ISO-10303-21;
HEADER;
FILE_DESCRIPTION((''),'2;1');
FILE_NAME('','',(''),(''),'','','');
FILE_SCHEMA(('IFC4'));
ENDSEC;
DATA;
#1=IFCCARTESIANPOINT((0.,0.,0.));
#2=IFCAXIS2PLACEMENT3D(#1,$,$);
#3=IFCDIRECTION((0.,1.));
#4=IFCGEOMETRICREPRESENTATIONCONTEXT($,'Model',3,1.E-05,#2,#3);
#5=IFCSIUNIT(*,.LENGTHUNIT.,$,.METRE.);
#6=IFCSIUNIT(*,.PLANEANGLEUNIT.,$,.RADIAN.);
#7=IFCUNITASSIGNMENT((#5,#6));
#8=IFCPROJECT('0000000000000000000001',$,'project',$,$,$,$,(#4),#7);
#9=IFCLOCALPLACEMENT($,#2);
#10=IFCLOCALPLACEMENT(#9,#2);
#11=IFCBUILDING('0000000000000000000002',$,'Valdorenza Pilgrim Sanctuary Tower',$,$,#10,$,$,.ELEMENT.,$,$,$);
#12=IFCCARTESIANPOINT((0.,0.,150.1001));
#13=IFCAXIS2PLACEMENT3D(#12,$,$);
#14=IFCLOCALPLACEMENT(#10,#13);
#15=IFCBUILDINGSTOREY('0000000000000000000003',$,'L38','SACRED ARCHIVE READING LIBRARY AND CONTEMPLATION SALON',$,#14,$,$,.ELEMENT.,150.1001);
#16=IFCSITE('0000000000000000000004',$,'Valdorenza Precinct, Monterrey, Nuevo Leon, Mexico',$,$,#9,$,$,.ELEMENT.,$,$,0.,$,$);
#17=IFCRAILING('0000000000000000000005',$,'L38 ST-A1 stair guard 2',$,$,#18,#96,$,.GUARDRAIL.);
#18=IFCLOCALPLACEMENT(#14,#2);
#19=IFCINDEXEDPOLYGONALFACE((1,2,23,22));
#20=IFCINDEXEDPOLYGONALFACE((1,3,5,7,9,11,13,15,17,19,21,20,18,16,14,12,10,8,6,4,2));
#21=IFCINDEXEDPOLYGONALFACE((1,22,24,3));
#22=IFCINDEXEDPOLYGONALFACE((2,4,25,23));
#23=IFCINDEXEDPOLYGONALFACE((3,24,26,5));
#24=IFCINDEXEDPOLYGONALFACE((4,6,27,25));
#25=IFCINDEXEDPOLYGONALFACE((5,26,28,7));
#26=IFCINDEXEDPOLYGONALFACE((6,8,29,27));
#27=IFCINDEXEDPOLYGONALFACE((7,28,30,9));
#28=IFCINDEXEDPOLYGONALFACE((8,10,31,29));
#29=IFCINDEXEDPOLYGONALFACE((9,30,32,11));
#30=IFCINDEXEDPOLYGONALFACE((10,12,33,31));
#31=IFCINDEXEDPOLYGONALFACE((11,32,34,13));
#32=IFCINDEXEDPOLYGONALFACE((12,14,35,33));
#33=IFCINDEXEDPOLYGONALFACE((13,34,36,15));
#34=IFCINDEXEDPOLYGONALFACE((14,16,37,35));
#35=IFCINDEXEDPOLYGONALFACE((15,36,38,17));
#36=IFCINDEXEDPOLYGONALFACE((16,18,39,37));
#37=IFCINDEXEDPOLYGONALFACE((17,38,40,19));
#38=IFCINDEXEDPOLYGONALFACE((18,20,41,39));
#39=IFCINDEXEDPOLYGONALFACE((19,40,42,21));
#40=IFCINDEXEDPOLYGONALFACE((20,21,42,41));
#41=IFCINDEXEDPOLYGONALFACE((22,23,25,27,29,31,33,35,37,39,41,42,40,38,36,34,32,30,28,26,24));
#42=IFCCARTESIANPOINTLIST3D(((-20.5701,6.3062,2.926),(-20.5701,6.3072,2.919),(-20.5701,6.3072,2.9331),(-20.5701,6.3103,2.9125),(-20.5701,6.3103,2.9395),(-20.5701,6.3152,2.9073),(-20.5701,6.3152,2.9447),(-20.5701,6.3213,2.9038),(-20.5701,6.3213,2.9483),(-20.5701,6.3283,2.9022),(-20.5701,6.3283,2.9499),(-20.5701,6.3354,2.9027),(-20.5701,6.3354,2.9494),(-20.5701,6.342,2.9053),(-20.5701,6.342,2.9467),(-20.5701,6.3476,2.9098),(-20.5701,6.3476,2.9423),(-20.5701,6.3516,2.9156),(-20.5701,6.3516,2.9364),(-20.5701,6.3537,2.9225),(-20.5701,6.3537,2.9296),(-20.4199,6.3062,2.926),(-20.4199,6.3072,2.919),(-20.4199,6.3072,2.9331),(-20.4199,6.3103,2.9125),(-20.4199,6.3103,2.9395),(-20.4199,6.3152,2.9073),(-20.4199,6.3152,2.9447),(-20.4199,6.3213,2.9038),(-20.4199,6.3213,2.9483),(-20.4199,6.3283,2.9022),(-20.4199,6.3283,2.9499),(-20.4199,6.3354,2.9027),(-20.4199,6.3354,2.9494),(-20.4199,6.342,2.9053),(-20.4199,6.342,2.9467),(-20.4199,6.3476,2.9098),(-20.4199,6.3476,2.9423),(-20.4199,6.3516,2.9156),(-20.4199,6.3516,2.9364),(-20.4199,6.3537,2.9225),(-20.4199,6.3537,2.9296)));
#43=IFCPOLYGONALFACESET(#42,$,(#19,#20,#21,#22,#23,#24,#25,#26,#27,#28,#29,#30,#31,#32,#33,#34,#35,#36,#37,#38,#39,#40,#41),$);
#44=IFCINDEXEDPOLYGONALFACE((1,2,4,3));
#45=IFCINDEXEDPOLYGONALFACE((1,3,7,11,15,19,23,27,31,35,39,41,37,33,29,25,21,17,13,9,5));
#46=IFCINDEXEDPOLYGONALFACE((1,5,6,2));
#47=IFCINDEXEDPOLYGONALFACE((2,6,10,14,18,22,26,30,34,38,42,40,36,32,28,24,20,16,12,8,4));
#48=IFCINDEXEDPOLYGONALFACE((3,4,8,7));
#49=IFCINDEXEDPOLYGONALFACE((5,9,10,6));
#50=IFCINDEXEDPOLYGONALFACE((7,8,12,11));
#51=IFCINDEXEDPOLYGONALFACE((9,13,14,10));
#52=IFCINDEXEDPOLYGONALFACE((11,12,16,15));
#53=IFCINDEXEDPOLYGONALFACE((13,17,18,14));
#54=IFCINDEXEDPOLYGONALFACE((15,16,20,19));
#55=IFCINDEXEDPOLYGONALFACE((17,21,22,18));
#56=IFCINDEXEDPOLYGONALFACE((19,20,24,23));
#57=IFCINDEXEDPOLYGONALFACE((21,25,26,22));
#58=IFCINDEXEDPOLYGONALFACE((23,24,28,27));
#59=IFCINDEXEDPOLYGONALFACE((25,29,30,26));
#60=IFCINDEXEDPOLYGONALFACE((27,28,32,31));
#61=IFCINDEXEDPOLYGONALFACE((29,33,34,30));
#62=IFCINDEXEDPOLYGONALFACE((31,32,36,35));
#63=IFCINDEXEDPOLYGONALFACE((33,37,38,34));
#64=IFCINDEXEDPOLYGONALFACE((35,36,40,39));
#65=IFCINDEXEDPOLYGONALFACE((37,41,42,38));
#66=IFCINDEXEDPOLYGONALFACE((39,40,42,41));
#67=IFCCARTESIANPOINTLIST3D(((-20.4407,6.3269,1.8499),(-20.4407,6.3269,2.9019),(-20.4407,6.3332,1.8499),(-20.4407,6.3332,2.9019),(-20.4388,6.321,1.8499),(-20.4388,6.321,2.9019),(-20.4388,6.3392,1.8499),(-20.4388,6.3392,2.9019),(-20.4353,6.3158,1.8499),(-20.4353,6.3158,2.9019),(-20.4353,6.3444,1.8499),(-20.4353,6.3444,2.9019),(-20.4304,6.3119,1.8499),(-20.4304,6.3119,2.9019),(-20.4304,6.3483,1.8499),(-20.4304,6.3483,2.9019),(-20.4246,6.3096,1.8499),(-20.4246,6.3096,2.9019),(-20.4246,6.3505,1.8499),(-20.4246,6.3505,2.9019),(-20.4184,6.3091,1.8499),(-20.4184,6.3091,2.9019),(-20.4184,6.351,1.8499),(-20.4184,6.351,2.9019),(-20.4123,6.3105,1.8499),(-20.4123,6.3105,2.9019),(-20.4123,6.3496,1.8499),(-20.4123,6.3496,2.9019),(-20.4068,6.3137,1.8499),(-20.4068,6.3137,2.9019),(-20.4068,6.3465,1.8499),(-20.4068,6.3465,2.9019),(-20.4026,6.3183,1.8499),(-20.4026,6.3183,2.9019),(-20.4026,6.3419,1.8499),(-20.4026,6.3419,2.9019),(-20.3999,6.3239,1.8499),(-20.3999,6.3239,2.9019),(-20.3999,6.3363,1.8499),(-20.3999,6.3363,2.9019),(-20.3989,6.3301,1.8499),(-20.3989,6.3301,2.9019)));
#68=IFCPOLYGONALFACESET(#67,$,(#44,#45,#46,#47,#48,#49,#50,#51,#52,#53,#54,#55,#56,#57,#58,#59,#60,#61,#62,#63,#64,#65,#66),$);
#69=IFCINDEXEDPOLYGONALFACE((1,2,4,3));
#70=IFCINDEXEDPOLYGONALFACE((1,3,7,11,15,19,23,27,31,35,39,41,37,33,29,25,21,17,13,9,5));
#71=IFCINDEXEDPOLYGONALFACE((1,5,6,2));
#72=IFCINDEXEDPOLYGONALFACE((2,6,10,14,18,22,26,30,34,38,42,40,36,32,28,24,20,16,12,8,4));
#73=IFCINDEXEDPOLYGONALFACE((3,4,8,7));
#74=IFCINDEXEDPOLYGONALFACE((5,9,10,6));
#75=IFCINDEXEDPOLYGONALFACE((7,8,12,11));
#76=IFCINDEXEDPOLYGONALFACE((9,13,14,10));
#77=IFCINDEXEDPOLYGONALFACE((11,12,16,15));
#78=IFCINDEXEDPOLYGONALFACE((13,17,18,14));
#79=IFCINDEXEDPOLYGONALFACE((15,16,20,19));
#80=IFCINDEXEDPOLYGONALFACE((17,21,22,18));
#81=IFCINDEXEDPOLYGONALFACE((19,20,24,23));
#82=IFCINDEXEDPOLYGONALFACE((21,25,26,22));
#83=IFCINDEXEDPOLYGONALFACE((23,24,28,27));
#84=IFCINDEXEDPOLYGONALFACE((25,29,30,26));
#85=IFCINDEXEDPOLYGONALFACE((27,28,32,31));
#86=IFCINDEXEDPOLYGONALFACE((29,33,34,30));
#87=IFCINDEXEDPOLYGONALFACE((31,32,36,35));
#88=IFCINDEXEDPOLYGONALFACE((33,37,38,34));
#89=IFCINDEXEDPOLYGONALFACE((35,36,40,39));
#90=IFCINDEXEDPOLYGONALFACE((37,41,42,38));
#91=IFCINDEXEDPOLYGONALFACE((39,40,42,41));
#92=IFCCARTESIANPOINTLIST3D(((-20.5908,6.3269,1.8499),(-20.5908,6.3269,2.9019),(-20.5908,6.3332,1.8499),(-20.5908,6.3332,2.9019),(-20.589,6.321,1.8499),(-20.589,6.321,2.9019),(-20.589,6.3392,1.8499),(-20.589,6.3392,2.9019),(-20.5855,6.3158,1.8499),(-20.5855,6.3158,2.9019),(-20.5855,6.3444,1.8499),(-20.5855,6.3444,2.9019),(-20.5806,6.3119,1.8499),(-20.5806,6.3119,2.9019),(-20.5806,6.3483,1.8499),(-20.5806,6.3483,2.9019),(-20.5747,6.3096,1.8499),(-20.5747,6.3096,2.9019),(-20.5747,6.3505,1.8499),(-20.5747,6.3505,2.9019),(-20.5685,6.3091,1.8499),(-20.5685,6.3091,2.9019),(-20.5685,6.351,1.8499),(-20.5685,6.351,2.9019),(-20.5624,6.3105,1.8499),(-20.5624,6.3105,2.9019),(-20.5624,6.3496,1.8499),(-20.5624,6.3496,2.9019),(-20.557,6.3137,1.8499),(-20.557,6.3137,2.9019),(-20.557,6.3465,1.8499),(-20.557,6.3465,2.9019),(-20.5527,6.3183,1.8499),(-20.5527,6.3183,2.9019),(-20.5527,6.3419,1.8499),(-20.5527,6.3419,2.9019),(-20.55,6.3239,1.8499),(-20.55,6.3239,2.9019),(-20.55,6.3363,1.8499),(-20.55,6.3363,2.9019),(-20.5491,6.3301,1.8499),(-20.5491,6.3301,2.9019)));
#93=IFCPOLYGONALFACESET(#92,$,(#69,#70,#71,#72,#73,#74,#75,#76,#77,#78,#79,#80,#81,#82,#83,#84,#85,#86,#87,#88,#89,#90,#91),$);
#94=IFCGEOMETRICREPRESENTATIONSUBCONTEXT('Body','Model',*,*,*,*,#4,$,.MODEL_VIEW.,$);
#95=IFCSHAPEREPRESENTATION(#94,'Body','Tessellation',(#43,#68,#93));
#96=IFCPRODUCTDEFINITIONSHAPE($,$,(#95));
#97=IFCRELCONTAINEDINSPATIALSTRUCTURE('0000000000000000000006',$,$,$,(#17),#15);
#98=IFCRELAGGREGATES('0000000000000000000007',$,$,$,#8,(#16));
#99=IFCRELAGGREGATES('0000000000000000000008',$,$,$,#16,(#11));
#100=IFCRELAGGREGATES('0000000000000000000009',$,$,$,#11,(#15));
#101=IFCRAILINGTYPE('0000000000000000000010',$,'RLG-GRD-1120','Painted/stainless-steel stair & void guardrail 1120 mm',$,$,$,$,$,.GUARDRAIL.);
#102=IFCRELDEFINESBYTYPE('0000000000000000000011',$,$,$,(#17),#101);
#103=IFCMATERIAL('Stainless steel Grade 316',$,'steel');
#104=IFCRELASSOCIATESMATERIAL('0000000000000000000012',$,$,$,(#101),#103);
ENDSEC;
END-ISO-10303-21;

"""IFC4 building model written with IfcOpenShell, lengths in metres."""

from ifc_helpers import new_model, si_unit, direction, frame, origin, origin_2d, place, context, subcontext, project, spatial, circle, extrude, material, type_object, element, save


model = new_model("IFC4")

# Units and contexts
model_context = context("Model", 3, precision=1e-05, world=origin(), true_north=direction((0.0, 1.0)))
body_context = subcontext(model_context, "Body", "Model", "MODEL_VIEW")
ifc_project = project(units=[si_unit("LENGTHUNIT", "METRE"), si_unit("PLANEANGLEUNIT", "RADIAN")], contexts=[model_context])

# Site, building, storey
site_placement = place(None, origin())
site = spatial("IfcSite", under=ifc_project, at=site_placement, Name="Valdorenza Precinct, Monterrey, Nuevo Leon, Mexico", CompositionType="ELEMENT", RefElevation=0.0)
building_placement = place(site_placement, origin())
building = spatial("IfcBuilding", under=site, at=building_placement, Name="Valdorenza Pilgrim Sanctuary Tower", CompositionType="ELEMENT")
storey_placement = place(building_placement, frame((0.0, 0.0, 150.1001)))
storey = spatial("IfcBuildingStorey", under=building, at=storey_placement, Name="L38", Description="SACRED ARCHIVE READING LIBRARY AND CONTEMPLATION SALON", CompositionType="ELEMENT", Elevation=150.1001)

# Railing
ifc_material_1 = material(Name="Stainless steel Grade 316", Category="steel")
railing_type_1 = type_object("IfcRailingType", Name="RLG-GRD-1120", Description="Painted/stainless-steel stair & void guardrail 1120 mm", PredefinedType="GUARDRAIL", material=ifc_material_1)
railing_1_placement = place(storey_placement, frame((-20.4199, 6.3301, 1.8499)))
element("IfcRailing", 1, at=railing_1_placement, inside=storey, type_object=railing_type_1, Name="L38 ST-A1 stair guard 2", PredefinedType="GUARDRAIL", context=body_context, shape_type="SweptSolid", body=[
    extrude(circle(Radius=0.0239, at=origin_2d()), frame((0.0, 0.0, 1.0762), z_axis=(-1.0, 0.0, 0.0), x_axis=(0.0, -1.0, 0.0)), (0.0, 0.0, 1.0), 0.1501),
    extrude(circle(Radius=0.021, at=origin_2d()), origin(), (0.0, 0.0, 1.0), 1.052),
    extrude(circle(Radius=0.021, at=origin_2d()), frame((-0.1501, 0.0, 0.0)), (0.0, 0.0, 1.0), 1.052),
])

save(model, "model.ifc")
